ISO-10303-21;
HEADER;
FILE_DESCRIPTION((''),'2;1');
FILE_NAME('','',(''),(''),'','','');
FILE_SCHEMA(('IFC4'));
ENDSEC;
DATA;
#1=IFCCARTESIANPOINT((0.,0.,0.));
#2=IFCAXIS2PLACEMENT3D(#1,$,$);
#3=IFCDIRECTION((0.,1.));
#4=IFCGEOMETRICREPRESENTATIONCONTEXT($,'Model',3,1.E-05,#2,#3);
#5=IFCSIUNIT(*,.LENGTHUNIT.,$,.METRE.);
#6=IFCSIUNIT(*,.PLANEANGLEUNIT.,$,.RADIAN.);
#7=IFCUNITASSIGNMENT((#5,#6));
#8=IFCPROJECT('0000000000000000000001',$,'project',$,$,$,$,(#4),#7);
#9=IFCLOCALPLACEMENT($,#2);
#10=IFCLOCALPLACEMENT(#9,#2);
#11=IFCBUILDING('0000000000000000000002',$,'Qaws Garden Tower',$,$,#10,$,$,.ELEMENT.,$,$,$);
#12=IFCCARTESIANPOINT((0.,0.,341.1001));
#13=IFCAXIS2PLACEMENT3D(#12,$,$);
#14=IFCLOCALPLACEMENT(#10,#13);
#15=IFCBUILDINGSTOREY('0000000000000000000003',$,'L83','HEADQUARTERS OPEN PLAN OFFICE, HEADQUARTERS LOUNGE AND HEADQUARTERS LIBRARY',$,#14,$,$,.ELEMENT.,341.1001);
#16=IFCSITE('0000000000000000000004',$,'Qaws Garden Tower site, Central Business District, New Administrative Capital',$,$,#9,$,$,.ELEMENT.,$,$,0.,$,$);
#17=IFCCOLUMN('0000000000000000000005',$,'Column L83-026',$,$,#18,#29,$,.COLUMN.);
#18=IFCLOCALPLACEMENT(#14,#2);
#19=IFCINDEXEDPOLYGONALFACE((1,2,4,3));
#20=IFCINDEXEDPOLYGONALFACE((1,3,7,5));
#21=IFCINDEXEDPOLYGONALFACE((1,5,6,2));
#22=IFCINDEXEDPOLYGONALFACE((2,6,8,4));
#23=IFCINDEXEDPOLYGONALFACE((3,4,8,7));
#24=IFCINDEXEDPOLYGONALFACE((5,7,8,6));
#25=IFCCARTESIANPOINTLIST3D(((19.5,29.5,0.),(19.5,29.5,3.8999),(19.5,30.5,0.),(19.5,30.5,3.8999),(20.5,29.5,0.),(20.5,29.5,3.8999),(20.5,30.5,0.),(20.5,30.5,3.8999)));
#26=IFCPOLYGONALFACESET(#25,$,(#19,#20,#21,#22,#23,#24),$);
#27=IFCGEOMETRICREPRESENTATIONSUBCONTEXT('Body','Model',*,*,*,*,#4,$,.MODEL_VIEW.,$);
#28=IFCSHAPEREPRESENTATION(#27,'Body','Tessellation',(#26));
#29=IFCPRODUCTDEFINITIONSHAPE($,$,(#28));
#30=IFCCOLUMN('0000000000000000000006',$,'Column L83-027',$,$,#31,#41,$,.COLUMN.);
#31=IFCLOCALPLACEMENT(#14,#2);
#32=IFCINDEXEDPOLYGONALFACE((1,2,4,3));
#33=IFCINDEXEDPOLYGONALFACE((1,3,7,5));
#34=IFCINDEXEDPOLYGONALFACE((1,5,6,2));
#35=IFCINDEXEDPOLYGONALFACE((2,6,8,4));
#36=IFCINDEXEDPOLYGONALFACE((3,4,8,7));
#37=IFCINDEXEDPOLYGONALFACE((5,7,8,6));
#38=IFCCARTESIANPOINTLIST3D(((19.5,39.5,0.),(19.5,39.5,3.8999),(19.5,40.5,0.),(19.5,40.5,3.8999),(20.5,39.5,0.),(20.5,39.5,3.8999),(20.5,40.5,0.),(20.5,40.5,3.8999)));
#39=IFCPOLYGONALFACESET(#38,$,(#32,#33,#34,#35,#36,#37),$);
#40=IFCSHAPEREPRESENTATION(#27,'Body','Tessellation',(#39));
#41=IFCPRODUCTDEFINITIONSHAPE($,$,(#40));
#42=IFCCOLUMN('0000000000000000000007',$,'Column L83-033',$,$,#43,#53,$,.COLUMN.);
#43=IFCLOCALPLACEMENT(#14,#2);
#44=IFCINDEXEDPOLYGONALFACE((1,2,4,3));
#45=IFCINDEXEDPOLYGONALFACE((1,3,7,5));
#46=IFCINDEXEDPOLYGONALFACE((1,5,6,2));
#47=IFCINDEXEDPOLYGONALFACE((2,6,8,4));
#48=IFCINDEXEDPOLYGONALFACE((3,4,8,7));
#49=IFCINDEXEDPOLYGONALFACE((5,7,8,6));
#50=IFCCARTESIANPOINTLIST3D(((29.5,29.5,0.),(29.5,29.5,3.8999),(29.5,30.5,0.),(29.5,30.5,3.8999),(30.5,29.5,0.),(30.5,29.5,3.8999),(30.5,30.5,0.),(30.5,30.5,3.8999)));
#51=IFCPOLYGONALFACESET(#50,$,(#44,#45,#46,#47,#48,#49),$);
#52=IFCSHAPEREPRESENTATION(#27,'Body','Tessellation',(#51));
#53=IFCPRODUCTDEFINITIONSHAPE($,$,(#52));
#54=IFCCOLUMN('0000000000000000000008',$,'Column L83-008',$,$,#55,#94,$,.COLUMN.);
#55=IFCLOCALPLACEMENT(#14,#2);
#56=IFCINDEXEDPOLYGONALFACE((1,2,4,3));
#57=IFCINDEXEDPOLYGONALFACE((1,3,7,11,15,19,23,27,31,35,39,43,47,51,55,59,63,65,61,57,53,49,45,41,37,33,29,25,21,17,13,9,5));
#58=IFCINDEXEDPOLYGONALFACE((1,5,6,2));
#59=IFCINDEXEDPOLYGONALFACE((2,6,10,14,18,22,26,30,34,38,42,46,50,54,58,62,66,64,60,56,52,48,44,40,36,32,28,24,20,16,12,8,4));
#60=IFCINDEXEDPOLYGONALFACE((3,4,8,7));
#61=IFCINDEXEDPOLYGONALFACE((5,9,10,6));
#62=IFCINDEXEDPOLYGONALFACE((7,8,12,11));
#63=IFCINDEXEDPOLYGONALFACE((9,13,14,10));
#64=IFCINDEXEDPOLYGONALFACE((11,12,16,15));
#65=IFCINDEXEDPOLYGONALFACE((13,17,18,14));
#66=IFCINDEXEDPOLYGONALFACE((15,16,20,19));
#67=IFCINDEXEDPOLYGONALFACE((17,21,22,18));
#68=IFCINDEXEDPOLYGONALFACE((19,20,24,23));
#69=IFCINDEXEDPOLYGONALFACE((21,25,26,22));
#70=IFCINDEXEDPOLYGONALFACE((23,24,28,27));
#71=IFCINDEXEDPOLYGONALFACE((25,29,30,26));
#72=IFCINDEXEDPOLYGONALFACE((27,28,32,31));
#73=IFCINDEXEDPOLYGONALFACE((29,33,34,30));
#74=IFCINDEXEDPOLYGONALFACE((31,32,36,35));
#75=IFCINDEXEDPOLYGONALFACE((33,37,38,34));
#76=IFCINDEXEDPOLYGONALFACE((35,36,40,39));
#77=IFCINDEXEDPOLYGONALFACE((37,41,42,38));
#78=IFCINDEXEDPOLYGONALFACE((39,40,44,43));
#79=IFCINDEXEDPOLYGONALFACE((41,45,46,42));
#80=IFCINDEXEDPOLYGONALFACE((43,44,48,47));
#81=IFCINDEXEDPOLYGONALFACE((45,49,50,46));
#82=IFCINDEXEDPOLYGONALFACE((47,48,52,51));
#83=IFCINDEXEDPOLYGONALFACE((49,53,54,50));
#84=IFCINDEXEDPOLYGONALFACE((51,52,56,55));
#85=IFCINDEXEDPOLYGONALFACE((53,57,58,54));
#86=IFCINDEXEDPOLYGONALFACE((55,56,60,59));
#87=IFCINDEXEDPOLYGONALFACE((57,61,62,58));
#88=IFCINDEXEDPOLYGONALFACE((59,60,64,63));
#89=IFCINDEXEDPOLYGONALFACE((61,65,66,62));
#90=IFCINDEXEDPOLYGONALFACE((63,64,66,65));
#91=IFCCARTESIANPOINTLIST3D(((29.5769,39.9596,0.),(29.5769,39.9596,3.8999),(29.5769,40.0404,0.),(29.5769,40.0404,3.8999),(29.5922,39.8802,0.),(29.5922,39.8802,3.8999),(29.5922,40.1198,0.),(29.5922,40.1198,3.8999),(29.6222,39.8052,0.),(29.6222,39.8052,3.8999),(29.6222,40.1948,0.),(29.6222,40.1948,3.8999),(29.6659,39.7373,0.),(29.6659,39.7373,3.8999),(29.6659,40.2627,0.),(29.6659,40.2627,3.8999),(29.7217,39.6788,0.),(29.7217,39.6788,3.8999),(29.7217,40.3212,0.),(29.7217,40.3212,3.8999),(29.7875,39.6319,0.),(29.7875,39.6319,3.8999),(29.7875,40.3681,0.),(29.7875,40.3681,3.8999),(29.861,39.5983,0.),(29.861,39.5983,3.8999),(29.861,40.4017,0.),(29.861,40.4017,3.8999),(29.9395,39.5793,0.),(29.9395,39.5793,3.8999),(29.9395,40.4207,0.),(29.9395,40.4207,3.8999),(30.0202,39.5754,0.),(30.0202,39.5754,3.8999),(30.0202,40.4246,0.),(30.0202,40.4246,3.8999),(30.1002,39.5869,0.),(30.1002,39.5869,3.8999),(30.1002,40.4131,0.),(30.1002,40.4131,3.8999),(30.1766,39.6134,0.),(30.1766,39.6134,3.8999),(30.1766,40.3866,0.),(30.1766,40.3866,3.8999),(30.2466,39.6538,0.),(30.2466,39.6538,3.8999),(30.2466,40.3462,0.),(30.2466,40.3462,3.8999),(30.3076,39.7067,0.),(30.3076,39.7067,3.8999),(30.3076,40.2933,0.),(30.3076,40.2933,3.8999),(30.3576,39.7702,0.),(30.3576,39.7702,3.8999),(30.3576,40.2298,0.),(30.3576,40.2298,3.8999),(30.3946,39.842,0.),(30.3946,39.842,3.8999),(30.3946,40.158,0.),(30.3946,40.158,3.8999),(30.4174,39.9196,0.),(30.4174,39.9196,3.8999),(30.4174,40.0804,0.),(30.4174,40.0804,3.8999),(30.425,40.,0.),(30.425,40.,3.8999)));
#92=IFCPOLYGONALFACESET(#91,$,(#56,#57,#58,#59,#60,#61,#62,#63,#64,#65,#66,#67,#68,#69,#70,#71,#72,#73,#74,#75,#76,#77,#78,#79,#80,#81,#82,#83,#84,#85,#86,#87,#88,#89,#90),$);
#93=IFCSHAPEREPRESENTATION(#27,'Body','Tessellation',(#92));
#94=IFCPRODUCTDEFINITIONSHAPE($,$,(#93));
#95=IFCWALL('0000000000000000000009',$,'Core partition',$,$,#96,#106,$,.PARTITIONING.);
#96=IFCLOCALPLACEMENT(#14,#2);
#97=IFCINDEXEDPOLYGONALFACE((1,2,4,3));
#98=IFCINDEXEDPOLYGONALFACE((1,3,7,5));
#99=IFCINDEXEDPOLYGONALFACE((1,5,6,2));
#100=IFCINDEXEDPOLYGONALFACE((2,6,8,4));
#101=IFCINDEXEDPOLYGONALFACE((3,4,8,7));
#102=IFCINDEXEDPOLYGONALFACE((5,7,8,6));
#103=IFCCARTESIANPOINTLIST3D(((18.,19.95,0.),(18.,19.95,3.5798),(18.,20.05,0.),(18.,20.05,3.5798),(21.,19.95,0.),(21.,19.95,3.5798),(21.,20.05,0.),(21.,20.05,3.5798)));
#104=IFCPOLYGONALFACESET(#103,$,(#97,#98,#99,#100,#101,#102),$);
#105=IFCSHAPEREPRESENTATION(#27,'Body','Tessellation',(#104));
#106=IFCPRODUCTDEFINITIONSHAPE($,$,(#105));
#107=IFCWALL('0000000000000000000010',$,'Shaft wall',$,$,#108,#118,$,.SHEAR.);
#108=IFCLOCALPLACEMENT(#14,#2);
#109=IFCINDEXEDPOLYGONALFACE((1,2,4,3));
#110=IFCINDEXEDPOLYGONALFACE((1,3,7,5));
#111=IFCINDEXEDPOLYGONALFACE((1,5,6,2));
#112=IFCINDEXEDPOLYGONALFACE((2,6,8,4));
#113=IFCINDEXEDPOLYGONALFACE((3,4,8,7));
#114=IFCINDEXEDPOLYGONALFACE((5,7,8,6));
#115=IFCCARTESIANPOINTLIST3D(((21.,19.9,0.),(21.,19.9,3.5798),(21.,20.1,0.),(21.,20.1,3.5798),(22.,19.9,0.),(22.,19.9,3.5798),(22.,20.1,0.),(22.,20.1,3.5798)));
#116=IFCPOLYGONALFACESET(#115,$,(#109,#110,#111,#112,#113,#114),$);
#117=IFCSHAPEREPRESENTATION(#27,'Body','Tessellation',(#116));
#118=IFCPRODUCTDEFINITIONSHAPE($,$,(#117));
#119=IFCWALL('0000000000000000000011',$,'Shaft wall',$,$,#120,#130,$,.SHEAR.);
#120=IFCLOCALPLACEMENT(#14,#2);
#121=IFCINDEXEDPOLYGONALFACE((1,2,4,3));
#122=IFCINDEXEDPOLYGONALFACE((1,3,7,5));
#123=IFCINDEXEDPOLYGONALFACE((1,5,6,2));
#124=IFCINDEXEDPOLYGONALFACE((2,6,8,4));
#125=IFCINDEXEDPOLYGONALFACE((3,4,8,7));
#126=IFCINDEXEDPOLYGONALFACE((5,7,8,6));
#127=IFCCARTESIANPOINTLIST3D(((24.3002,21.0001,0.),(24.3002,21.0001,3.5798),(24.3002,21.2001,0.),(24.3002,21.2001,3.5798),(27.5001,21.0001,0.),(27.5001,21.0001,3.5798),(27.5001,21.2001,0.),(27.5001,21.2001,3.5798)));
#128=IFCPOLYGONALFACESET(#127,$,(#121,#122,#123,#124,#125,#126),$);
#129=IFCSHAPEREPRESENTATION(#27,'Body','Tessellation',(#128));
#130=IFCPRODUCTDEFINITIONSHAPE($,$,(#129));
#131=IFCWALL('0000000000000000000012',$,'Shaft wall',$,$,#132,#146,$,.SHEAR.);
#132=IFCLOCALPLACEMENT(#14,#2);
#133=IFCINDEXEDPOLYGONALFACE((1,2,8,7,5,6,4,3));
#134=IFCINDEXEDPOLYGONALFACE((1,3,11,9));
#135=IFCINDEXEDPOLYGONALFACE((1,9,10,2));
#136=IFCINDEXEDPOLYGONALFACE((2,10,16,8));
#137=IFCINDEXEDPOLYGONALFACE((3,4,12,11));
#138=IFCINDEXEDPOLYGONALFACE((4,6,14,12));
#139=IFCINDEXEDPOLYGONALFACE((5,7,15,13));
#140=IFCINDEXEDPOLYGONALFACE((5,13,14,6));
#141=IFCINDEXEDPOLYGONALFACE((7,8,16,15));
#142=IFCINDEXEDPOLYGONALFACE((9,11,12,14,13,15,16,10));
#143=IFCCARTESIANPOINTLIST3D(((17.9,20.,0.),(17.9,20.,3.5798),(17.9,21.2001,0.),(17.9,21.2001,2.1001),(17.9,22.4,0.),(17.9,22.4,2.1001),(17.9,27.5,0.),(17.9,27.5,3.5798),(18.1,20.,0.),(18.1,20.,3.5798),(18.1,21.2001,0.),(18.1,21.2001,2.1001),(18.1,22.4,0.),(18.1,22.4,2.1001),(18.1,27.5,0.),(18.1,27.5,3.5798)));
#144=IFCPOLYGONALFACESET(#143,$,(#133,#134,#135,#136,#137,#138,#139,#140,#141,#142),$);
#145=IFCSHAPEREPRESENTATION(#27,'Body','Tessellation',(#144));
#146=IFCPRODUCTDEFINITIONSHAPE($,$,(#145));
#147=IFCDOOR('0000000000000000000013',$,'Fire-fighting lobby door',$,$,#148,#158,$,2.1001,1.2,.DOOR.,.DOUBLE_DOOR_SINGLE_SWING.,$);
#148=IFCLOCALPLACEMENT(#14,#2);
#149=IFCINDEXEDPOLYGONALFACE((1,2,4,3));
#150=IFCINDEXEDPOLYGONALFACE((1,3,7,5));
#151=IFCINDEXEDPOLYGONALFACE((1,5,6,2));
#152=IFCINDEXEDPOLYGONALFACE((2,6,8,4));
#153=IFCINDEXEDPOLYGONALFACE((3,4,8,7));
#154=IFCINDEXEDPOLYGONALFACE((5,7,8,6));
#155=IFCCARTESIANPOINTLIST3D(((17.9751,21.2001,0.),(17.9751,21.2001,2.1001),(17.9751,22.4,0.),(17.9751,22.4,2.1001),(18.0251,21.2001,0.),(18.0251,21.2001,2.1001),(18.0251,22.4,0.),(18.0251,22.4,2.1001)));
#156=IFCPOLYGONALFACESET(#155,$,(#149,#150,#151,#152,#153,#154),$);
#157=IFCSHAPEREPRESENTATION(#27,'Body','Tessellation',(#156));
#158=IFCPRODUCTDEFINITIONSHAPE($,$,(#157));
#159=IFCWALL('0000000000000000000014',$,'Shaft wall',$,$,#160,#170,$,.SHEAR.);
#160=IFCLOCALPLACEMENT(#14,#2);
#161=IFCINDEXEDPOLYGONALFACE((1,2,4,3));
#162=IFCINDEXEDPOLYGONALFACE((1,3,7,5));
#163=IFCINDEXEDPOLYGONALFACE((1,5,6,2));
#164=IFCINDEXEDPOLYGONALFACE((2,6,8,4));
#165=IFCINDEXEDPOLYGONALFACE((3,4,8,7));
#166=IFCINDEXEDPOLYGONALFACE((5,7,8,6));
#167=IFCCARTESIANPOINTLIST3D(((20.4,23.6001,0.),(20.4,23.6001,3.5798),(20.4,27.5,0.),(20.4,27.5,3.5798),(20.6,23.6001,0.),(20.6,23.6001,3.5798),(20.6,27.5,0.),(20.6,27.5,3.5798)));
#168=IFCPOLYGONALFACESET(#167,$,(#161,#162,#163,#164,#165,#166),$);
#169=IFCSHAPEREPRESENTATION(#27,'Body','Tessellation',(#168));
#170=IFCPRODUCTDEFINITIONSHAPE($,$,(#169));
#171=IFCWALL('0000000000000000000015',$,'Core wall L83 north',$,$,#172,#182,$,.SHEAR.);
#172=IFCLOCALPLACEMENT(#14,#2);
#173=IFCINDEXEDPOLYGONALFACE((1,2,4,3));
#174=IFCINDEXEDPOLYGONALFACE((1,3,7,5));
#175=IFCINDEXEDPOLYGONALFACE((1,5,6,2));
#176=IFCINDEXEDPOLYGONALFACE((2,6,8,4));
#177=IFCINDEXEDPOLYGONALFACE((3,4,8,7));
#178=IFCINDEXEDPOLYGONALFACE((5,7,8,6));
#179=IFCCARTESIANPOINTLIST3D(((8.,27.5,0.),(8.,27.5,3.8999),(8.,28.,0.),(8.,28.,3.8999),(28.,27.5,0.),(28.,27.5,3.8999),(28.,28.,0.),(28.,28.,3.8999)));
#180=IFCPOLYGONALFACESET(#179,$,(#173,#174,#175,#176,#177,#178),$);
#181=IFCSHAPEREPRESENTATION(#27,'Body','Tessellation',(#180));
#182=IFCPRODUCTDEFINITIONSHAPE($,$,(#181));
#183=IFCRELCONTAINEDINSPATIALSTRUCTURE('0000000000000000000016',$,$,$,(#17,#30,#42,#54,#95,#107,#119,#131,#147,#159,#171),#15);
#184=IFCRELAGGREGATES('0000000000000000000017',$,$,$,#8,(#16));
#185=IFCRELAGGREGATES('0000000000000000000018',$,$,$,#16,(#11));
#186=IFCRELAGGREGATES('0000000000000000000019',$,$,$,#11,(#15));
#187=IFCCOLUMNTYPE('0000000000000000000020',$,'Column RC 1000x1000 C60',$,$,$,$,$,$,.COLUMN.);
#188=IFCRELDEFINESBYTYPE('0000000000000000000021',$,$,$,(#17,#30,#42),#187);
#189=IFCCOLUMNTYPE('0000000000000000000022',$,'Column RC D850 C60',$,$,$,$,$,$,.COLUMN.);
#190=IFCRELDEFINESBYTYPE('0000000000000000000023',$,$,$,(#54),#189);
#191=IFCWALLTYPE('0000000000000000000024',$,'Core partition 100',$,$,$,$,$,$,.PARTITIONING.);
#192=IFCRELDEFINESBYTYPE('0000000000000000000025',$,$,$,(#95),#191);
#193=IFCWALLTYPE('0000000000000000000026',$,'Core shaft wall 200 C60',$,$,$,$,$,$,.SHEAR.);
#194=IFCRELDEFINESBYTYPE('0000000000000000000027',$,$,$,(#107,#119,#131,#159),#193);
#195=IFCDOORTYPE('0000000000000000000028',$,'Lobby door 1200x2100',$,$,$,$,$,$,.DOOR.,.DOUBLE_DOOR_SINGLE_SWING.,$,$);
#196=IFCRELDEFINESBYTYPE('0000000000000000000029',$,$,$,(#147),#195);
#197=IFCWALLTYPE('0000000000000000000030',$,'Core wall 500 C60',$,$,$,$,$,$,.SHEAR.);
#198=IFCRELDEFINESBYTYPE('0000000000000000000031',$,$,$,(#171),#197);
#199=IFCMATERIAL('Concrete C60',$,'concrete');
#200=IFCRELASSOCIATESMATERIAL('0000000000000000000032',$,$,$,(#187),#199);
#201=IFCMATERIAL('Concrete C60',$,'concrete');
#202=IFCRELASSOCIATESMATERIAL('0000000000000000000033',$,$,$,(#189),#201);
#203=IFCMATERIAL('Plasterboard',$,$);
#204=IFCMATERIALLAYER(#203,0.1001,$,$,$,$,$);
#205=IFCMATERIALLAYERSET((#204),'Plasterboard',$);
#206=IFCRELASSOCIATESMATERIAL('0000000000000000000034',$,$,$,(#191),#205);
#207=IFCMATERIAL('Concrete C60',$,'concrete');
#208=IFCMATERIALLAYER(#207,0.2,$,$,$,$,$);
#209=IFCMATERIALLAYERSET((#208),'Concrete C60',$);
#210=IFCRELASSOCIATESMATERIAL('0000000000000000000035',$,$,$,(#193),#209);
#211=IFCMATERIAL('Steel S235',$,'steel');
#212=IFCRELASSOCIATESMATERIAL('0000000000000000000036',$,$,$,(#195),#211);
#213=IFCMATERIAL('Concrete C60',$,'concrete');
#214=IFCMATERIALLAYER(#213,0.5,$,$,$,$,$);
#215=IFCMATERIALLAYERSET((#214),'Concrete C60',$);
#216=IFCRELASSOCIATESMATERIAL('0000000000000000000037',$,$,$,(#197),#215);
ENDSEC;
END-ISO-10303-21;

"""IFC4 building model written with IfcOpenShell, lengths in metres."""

from ifc_helpers import new_model, si_unit, direction, frame, frame_2d, origin, origin_2d, place, context, subcontext, project, spatial, rectangle, circle, extrude, material, layer, layer_set, material_profile, profile_set, type_object, element, fill, save


model = new_model("IFC4")

# Units and contexts
model_context = context("Model", 3, precision=1e-05, world=origin(), true_north=direction((0.0, 1.0)))
body_context = subcontext(model_context, "Body", "Model", "MODEL_VIEW")
ifc_project = project(units=[si_unit("LENGTHUNIT", "METRE"), si_unit("PLANEANGLEUNIT", "RADIAN")], contexts=[model_context])

# Site, building, storey
site_placement = place(None, origin())
site = spatial("IfcSite", under=ifc_project, at=site_placement, Name="Qaws Garden Tower site, Central Business District, New Administrative Capital", CompositionType="ELEMENT", RefElevation=0.0)
building_placement = place(site_placement, origin())
building = spatial("IfcBuilding", under=site, at=building_placement, Name="Qaws Garden Tower", CompositionType="ELEMENT")
storey_placement = place(building_placement, frame((0.0, 0.0, 341.1001)))
storey = spatial("IfcBuildingStorey", under=building, at=storey_placement, Name="L83", Description="HEADQUARTERS OPEN PLAN OFFICE, HEADQUARTERS LOUNGE AND HEADQUARTERS LIBRARY", CompositionType="ELEMENT", Elevation=341.1001)

# Columns
ifc_material_1 = material(Name="Concrete C60", Category="concrete")
ifc_material_profile_1 = material_profile(ifc_material_1, rectangle(XDim=1.0, YDim=1.0, at=origin_2d()), Name="RC 1000x1000")
ifc_profile_set_1 = profile_set([ifc_material_profile_1], Name="Concrete C60")
column_type_1 = type_object("IfcColumnType", Name="Column RC 1000x1000 C60", PredefinedType="COLUMN", material=ifc_profile_set_1)
for number, where, z_axis, x_axis, name in (
    (1, (20.0, 30.0, 0.0), (0.0, 0.0, 1.0), (1.0, 0.0, 0.0), "Column L83-026"),
    (2, (20.0, 40.0, 0.0), (0.0, 0.0, 1.0), (1.0, 0.0, 0.0), "Column L83-027"),
    (3, (30.0, 30.0, 0.0), (0.0, 0.0, 1.0), (1.0, 0.0, 0.0), "Column L83-033"),
):
    element("IfcColumn", number, at=place(storey_placement, frame(where, z_axis=z_axis, x_axis=x_axis)), inside=storey, type_object=column_type_1, Name=name, PredefinedType="COLUMN", context=body_context, shape_type="SweptSolid", body=[
        extrude(rectangle(XDim=1.0, YDim=1.0, at=origin_2d()), origin(), (0.0, 0.0, 1.0), 3.8999),
    ])
ifc_material_2 = material(Name="Concrete C60", Category="concrete")
ifc_material_profile_2 = material_profile(ifc_material_2, circle(Radius=0.425, at=origin_2d()), Name="RC D850")
ifc_profile_set_2 = profile_set([ifc_material_profile_2], Name="Concrete C60")
column_type_2 = type_object("IfcColumnType", Name="Column RC D850 C60", PredefinedType="COLUMN", material=ifc_profile_set_2)
column_placement = place(storey_placement, frame((30.0, 40.0, 0.0), z_axis=(0.0, 0.0, 1.0), x_axis=(1.0, 0.0, 0.0)))
element("IfcColumn", 4, at=column_placement, inside=storey, type_object=column_type_2, Name="Column L83-008", PredefinedType="COLUMN", context=body_context, shape_type="SweptSolid", body=[
    extrude(circle(Radius=0.425, at=origin_2d()), origin(), (0.0, 0.0, 1.0), 3.8999),
])

# Walls
ifc_material_3 = material(Name="Plasterboard")
ifc_layer_1 = layer(ifc_material_3, 0.1001)
ifc_layer_set_1 = layer_set([ifc_layer_1], Name="Plasterboard")
wall_type_1 = type_object("IfcWallType", Name="Core partition 100", PredefinedType="PARTITIONING", material=ifc_layer_set_1)
wall_1_placement = place(storey_placement, frame((18.0, 20.0, 0.0), z_axis=(0.0, 0.0, 1.0), x_axis=(1.0, 0.0, 0.0)))
element("IfcWall", 5, at=wall_1_placement, inside=storey, type_object=wall_type_1, Name="Core partition", PredefinedType="PARTITIONING", context=body_context, shape_type="SweptSolid", body=[
    extrude(rectangle(XDim=3.0, YDim=0.1001, at=frame_2d((1.5, 0.0))), origin(), (0.0, 0.0, 1.0), 3.5798),
])
ifc_material_4 = material(Name="Concrete C60", Category="concrete")
ifc_layer_2 = layer(ifc_material_4, 0.2)
ifc_layer_set_2 = layer_set([ifc_layer_2], Name="Concrete C60")
wall_type_2 = type_object("IfcWallType", Name="Core shaft wall 200 C60", PredefinedType="SHEAR", material=ifc_layer_set_2)
wall_2_placement = place(storey_placement, frame((21.0, 20.0, 0.0), z_axis=(0.0, 0.0, 1.0), x_axis=(1.0, 0.0, 0.0)))
element("IfcWall", 6, at=wall_2_placement, inside=storey, type_object=wall_type_2, Name="Shaft wall", PredefinedType="SHEAR", context=body_context, shape_type="SweptSolid", body=[
    extrude(rectangle(XDim=1.0, YDim=0.2, at=frame_2d((0.5, 0.0))), origin(), (0.0, 0.0, 1.0), 3.5798),
])
wall_3_placement = place(storey_placement, frame((24.3, 21.1001, 0.0), z_axis=(0.0, 0.0, 1.0), x_axis=(1.0, 0.0, 0.0)))
element("IfcWall", 7, at=wall_3_placement, inside=storey, type_object=wall_type_2, Name="Shaft wall", PredefinedType="SHEAR", context=body_context, shape_type="SweptSolid", body=[
    extrude(rectangle(XDim=3.2, YDim=0.2, at=frame_2d((1.6001, 0.0))), origin(), (0.0, 0.0, 1.0), 3.5798),
])

# Wall, opening, door
wall_4_placement = place(storey_placement, frame((18.0, 20.0, 0.0), z_axis=(0.0, 0.0, 1.0), x_axis=(0.0, 1.0, 0.0)))
wall_4 = element("IfcWall", 8, at=wall_4_placement, inside=storey, type_object=wall_type_2, Name="Shaft wall", PredefinedType="SHEAR", context=body_context, shape_type="SweptSolid", body=[
    extrude(rectangle(XDim=7.5, YDim=0.2, at=frame_2d((3.75, 0.0))), origin(), (0.0, 0.0, 1.0), 3.5798),
])
opening_1_placement = place(wall_4_placement, frame((1.2, 0.0, 0.0)))
opening_1 = element("IfcOpeningElement", 9, at=opening_1_placement, cuts=wall_4, PredefinedType="OPENING", context=body_context, shape_type="SweptSolid", body=[
    extrude(rectangle(XDim=1.2, YDim=2.1001, at=frame_2d((0.6001, 1.05))), frame((0.0, 0.1099, 0.0), z_axis=(0.0, -1.0, 0.0), x_axis=(1.0, 0.0, 0.0)), (0.0, 0.0, 1.0), 0.22),
])
ifc_material_5 = material(Name="Steel S235", Category="steel")
door_type_1 = type_object("IfcDoorType", Name="Lobby door 1200x2100", OperationType="DOUBLE_DOOR_SINGLE_SWING", PredefinedType="DOOR", material=ifc_material_5)
door_1_placement = place(opening_1_placement, origin())
door_1 = element("IfcDoor", 10, at=door_1_placement, inside=storey, type_object=door_type_1, Name="Fire-fighting lobby door", OperationType="DOUBLE_DOOR_SINGLE_SWING", OverallHeight=2.1001, OverallWidth=1.2, PredefinedType="DOOR", context=body_context, shape_type="SweptSolid", body=[
    extrude(rectangle(XDim=1.2, YDim=2.1001, at=frame_2d((0.6001, 1.05))), frame((0.0, 0.0249, 0.0), z_axis=(0.0, -1.0, 0.0), x_axis=(1.0, 0.0, 0.0)), (0.0, 0.0, 1.0), 0.05),
])
fill(opening_1, door_1)

# Walls
wall_5_placement = place(storey_placement, frame((20.5, 23.6001, 0.0), z_axis=(0.0, 0.0, 1.0), x_axis=(0.0, 1.0, 0.0)))
element("IfcWall", 11, at=wall_5_placement, inside=storey, type_object=wall_type_2, Name="Shaft wall", PredefinedType="SHEAR", context=body_context, shape_type="SweptSolid", body=[
    extrude(rectangle(XDim=3.8999, YDim=0.2, at=frame_2d((1.95, 0.0))), origin(), (0.0, 0.0, 1.0), 3.5798),
])
ifc_material_6 = material(Name="Concrete C60", Category="concrete")
ifc_layer_3 = layer(ifc_material_6, 0.5)
ifc_layer_set_3 = layer_set([ifc_layer_3], Name="Concrete C60")
wall_type_3 = type_object("IfcWallType", Name="Core wall 500 C60", PredefinedType="SHEAR", material=ifc_layer_set_3)
wall_6_placement = place(storey_placement, frame((28.0, 27.75, 0.0), z_axis=(0.0, 0.0, 1.0), x_axis=(-1.0, 0.0, 0.0)))
element("IfcWall", 12, at=wall_6_placement, inside=storey, type_object=wall_type_3, Name="Core wall L83 north", PredefinedType="SHEAR", context=body_context, shape_type="SweptSolid", body=[
    extrude(rectangle(XDim=20.0, YDim=0.5, at=frame_2d((10.0, 0.0))), origin(), (0.0, 0.0, 1.0), 3.8999),
])

save(model, "model.ifc")
